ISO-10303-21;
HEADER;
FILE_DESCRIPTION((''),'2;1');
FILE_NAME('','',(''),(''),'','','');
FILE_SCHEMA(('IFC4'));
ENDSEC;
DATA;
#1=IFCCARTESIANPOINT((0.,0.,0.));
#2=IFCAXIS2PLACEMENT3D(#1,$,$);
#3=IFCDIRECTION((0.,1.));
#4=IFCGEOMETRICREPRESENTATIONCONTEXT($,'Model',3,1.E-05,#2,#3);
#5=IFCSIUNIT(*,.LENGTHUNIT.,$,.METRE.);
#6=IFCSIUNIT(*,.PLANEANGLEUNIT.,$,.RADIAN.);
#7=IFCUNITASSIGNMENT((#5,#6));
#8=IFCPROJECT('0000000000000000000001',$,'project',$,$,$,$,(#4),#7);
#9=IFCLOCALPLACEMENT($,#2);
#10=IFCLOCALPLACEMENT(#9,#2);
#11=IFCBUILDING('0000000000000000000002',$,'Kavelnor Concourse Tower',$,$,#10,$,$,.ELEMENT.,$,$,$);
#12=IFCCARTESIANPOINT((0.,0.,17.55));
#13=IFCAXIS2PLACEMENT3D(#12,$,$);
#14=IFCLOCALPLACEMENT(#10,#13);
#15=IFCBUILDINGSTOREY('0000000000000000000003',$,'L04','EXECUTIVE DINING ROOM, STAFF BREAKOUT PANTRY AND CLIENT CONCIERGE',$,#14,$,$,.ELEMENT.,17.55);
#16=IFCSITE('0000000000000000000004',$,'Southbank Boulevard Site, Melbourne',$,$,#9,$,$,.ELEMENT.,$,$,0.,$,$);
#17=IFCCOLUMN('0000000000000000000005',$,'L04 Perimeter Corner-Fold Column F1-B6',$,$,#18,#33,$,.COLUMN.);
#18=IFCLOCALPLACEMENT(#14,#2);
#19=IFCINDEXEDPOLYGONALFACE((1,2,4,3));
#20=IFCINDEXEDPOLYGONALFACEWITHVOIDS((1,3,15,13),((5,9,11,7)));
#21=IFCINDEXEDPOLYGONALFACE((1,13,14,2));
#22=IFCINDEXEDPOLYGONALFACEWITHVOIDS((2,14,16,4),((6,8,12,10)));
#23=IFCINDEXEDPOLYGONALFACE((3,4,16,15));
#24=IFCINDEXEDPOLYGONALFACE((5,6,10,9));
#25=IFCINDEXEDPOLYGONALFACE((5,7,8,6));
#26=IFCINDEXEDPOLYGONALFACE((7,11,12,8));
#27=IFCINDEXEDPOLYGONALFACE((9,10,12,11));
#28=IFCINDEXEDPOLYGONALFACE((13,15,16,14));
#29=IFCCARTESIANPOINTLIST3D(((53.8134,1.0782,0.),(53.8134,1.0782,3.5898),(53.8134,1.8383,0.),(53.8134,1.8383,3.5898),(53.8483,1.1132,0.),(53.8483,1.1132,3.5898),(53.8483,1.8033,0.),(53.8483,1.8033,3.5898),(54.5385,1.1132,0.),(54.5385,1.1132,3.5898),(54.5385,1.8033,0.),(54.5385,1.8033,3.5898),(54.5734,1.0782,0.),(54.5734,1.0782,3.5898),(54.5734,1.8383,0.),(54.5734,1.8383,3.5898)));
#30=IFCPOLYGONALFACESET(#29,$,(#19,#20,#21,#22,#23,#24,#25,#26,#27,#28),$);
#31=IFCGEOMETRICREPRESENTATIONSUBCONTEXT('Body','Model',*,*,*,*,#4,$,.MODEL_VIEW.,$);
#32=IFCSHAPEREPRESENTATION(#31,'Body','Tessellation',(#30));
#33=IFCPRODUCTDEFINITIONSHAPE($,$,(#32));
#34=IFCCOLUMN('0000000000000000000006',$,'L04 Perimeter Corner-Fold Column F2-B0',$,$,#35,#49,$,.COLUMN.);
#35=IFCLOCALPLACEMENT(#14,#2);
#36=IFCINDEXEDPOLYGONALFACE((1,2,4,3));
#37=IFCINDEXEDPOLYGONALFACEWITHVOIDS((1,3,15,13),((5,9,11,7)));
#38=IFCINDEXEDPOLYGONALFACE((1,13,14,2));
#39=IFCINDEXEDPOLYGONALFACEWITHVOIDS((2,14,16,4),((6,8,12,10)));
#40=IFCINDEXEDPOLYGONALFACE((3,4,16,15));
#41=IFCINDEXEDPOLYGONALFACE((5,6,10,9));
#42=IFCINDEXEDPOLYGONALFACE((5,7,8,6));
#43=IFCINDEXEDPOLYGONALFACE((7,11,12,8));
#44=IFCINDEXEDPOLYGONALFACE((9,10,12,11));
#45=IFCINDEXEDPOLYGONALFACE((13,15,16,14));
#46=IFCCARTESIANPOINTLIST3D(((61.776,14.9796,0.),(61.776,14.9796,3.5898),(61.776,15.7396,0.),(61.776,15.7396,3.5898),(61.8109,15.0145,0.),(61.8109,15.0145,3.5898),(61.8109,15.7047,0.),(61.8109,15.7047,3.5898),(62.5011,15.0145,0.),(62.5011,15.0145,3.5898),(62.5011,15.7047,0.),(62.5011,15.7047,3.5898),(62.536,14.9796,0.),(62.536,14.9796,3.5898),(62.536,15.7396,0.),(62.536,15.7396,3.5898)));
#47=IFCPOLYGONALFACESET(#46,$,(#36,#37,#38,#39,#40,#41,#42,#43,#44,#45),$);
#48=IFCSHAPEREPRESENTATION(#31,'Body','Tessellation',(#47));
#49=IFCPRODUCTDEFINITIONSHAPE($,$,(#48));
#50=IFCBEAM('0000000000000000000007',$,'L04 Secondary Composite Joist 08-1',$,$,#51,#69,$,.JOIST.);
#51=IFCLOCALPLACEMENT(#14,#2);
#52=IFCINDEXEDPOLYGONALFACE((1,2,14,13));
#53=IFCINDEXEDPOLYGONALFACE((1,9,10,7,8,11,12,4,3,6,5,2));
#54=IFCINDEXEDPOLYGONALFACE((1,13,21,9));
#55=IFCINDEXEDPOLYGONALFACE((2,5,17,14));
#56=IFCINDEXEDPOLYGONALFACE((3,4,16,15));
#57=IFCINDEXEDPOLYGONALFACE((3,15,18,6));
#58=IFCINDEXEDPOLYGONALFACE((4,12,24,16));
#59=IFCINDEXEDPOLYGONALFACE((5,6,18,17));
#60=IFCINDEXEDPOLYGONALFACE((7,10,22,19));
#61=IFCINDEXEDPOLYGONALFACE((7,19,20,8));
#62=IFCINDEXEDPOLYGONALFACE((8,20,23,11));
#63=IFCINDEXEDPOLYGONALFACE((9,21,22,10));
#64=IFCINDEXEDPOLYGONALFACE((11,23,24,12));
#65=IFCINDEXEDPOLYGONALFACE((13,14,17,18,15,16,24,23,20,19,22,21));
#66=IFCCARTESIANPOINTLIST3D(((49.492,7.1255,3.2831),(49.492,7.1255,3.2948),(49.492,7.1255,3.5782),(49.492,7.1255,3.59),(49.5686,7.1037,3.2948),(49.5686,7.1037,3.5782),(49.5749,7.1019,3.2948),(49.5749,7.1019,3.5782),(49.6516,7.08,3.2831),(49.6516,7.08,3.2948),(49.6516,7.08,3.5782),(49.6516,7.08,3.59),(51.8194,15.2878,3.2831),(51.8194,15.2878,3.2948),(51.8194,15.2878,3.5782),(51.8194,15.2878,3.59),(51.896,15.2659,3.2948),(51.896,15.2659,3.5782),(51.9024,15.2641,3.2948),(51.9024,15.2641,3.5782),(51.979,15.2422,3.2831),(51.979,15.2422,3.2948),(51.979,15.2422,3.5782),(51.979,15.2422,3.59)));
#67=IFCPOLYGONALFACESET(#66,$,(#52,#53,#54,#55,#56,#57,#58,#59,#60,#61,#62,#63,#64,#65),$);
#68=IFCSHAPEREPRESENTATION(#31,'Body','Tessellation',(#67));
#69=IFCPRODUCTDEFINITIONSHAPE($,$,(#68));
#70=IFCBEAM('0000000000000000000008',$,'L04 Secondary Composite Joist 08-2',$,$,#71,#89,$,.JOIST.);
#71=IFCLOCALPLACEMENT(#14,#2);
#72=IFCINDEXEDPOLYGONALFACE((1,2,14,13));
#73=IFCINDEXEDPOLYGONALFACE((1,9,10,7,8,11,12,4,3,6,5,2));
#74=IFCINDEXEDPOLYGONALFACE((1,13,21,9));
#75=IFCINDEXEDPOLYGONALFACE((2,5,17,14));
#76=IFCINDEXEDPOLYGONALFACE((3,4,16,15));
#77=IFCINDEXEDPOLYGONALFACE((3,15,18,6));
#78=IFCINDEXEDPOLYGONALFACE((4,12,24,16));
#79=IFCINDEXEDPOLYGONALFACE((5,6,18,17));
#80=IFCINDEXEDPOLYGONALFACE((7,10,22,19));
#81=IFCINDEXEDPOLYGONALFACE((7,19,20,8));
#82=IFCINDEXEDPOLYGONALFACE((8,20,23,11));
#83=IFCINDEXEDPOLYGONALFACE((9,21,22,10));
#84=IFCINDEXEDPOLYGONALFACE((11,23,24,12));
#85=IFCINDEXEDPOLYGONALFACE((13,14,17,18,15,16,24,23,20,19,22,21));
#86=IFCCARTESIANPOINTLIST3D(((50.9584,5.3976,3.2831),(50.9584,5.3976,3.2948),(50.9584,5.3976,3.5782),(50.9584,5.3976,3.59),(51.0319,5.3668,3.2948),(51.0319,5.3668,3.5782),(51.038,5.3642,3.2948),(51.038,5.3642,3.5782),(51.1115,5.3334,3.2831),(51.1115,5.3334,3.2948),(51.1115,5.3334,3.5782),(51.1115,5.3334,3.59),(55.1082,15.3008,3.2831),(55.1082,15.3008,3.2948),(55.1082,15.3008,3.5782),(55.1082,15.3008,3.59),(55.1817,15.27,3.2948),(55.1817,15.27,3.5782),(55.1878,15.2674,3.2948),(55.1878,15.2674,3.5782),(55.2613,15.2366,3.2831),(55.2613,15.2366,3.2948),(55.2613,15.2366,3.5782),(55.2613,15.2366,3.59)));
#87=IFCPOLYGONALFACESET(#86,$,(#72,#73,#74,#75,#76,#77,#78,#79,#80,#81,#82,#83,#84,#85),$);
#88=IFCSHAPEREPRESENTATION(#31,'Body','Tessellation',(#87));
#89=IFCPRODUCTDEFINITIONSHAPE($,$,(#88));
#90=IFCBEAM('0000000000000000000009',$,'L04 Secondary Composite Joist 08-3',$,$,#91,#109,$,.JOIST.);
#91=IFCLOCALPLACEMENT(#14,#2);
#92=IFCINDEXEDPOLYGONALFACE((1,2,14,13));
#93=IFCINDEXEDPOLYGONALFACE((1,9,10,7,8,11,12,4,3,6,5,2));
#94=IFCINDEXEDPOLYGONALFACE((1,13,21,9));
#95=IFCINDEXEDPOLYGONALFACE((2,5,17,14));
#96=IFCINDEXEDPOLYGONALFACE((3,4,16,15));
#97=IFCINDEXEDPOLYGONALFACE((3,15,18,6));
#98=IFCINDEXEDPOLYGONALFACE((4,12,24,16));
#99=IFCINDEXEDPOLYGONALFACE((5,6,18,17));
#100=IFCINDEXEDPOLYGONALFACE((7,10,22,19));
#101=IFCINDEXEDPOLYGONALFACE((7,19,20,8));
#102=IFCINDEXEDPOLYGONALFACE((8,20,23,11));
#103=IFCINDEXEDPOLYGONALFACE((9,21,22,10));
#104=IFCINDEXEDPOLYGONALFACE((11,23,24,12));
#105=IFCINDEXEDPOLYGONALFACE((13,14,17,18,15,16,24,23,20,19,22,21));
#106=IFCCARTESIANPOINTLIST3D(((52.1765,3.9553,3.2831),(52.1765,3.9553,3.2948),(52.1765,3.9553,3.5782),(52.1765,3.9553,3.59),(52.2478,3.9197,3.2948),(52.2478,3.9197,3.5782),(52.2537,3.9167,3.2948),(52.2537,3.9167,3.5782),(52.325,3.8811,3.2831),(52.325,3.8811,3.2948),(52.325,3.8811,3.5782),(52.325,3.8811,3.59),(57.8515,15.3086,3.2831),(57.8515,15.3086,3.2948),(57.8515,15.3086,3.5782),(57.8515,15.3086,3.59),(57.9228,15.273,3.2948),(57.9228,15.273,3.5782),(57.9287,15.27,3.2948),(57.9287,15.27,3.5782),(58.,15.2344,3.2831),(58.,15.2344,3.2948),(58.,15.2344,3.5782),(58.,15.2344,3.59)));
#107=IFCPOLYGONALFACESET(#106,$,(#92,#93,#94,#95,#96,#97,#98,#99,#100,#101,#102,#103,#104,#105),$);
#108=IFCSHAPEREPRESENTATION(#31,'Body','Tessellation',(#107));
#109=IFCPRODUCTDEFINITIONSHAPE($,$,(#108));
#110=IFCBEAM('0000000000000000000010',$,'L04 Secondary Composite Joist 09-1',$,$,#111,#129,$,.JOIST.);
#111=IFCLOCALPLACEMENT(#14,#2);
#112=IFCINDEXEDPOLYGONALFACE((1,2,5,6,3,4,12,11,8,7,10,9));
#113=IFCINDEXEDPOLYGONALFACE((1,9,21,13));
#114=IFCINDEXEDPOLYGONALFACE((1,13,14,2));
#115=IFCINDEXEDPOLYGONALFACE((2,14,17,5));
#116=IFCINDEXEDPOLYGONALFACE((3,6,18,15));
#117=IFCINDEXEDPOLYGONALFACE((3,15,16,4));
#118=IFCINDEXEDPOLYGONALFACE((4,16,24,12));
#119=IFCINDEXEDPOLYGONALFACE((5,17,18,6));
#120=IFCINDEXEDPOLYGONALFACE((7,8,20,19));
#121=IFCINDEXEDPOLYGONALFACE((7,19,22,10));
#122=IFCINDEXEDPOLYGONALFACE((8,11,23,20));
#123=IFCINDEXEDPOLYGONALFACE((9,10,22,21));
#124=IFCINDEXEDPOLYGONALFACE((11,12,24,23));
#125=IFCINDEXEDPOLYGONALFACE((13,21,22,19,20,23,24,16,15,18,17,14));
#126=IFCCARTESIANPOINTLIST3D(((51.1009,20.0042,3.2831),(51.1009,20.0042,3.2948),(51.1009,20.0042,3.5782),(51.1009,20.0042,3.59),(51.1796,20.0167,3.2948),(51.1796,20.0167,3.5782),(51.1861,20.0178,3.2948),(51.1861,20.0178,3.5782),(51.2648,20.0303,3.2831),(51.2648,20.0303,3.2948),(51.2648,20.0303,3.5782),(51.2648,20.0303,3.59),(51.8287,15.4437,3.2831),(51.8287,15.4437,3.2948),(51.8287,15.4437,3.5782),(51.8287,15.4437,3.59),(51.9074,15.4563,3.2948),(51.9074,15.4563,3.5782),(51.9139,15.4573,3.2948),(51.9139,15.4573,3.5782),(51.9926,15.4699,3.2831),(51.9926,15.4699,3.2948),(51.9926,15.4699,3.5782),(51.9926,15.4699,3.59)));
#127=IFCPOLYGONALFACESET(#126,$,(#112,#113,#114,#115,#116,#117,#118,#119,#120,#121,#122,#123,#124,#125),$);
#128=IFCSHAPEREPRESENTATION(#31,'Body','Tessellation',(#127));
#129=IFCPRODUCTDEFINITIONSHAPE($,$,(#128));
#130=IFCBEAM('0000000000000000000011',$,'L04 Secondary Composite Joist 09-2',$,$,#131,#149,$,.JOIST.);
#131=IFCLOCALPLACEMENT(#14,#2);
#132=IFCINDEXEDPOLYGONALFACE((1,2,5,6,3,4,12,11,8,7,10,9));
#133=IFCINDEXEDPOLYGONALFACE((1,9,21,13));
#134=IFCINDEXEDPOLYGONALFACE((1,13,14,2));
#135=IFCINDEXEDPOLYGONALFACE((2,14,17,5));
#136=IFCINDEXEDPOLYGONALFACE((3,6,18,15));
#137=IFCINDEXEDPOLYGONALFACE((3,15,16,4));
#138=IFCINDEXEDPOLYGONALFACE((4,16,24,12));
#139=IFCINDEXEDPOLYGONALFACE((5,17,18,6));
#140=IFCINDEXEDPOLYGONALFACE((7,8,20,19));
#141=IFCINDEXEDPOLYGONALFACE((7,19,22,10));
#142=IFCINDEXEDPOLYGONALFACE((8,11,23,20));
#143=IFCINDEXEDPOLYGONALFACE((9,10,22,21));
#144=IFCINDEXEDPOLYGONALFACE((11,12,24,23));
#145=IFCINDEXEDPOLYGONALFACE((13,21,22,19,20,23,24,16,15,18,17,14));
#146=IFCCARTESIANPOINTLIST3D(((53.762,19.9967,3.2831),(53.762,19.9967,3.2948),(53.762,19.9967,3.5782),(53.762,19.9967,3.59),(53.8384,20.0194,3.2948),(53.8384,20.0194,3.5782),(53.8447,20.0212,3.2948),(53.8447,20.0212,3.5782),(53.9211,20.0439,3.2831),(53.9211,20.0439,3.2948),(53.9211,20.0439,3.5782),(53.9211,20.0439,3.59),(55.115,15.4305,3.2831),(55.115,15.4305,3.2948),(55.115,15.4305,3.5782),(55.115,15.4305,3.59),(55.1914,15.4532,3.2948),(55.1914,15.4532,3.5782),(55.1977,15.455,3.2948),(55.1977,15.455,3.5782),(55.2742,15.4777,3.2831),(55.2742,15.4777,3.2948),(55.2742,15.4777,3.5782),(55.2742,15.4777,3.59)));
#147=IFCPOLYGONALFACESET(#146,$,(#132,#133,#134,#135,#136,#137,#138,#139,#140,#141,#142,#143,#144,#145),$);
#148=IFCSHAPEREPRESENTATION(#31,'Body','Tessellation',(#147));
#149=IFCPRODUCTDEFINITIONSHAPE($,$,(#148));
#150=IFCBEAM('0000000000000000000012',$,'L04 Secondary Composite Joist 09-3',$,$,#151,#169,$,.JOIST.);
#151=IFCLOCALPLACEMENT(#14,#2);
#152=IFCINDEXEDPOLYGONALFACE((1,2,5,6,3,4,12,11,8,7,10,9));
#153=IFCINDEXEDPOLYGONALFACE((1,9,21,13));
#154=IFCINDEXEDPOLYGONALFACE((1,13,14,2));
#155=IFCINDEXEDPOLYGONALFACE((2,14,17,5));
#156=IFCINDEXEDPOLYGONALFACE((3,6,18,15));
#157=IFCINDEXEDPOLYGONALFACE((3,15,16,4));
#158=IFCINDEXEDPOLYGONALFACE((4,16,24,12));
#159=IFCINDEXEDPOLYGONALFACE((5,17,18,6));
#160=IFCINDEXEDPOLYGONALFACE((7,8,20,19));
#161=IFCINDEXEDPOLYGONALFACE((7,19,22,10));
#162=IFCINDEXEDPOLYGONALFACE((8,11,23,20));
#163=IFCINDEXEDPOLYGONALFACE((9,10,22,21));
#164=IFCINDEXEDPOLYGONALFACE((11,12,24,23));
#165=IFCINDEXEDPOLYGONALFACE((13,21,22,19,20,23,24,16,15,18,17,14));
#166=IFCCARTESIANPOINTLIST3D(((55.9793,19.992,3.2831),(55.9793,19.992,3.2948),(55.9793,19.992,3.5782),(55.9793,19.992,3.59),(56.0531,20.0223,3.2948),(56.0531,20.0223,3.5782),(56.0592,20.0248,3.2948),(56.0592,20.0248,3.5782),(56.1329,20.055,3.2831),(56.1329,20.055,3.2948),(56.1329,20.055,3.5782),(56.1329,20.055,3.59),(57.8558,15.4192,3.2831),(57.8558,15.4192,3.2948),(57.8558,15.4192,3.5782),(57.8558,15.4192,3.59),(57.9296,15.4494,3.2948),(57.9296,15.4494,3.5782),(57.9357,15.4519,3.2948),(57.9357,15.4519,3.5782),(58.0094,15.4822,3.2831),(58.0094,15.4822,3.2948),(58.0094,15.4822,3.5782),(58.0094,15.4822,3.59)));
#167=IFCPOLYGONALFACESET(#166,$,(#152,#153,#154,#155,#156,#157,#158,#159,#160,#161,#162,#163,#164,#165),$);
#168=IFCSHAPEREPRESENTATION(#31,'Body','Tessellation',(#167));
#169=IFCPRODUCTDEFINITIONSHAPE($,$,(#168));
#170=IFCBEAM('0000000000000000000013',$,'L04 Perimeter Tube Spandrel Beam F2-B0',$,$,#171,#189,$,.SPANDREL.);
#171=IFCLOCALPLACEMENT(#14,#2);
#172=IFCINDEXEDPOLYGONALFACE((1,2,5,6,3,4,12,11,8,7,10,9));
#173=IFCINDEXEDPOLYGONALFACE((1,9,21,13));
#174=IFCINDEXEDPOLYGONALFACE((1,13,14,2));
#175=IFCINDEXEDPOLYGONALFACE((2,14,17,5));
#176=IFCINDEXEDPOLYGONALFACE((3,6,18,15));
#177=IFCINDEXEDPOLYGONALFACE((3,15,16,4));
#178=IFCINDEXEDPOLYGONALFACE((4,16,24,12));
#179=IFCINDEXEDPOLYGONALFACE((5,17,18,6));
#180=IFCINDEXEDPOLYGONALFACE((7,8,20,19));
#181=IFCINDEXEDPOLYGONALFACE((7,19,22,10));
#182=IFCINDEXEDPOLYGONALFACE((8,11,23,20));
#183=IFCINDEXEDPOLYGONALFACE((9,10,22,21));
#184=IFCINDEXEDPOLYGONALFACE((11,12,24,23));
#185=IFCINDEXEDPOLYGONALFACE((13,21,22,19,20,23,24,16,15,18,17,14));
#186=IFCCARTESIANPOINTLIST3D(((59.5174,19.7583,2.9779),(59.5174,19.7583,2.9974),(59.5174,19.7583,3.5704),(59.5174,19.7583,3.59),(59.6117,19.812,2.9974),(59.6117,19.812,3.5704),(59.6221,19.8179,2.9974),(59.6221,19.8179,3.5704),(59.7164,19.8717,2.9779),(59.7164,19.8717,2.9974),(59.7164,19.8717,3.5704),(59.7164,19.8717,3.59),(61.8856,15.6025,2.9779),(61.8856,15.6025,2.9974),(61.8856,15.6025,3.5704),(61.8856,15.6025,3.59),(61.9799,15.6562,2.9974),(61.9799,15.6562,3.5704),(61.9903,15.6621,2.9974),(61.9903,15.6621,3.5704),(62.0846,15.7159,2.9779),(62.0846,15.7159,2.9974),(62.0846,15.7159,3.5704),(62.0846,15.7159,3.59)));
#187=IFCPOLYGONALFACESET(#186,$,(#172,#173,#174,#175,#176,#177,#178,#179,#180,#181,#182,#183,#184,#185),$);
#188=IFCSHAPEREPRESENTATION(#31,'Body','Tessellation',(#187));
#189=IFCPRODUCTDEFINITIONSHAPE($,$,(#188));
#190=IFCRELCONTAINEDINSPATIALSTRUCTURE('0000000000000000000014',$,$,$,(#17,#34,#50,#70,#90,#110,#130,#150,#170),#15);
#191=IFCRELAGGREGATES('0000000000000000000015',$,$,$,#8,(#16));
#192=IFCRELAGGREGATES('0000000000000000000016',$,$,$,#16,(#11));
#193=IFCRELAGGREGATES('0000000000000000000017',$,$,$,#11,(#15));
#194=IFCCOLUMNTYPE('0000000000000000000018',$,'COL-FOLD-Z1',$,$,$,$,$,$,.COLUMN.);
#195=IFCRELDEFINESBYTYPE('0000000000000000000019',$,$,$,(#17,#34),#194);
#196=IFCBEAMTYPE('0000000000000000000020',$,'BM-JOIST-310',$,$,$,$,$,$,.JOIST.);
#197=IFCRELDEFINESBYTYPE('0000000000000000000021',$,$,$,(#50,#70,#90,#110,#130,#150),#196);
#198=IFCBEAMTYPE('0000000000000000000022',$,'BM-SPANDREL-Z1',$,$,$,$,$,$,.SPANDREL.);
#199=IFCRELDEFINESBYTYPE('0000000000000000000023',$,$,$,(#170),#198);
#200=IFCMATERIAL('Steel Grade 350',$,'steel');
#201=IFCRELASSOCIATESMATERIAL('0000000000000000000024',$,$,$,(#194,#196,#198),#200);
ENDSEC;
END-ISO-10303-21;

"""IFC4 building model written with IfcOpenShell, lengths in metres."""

from ifc_helpers import new_model, si_unit, direction, frame, origin, origin_2d, place, context, subcontext, project, spatial, hollow_rectangle, i_section, extrude, material, material_profile, profile_set, type_object, element, save


model = new_model("IFC4")

# Units and contexts
model_context = context("Model", 3, precision=1e-05, world=origin(), true_north=direction((0.0, 1.0)))
body_context = subcontext(model_context, "Body", "Model", "MODEL_VIEW")
ifc_project = project(units=[si_unit("LENGTHUNIT", "METRE"), si_unit("PLANEANGLEUNIT", "RADIAN")], contexts=[model_context])

# Site, building, storey
site_placement = place(None, origin())
site = spatial("IfcSite", under=ifc_project, at=site_placement, Name="Southbank Boulevard Site, Melbourne", CompositionType="ELEMENT", RefElevation=0.0)
building_placement = place(site_placement, origin())
building = spatial("IfcBuilding", under=site, at=building_placement, Name="Kavelnor Concourse Tower", CompositionType="ELEMENT")
storey_placement = place(building_placement, frame((0.0, 0.0, 17.55)))
storey = spatial("IfcBuildingStorey", under=building, at=storey_placement, Name="L04", Description="EXECUTIVE DINING ROOM, STAFF BREAKOUT PANTRY AND CLIENT CONCIERGE", CompositionType="ELEMENT", Elevation=17.55)

# Columns
ifc_material_1 = material(Name="Steel Grade 350", Category="steel")
ifc_material_profile_1 = material_profile(ifc_material_1, hollow_rectangle(XDim=0.76, YDim=0.76, WallThickness=0.0349, at=origin_2d()), Name="SHS 760x760x35")
ifc_profile_set_1 = profile_set([ifc_material_profile_1], Name="Steel Grade 350")
column_type = type_object("IfcColumnType", Name="COL-FOLD-Z1", PredefinedType="COLUMN", material=ifc_profile_set_1)
for number, where, z_axis, x_axis, name in (
    (1, (54.1934, 1.4583, 0.0), (0.0, 0.0, 1.0), (1.0, 0.0, 0.0), "L04 Perimeter Corner-Fold Column F1-B6"),
    (2, (62.156, 15.3596, 0.0), (0.0, 0.0, 1.0), (1.0, 0.0, 0.0), "L04 Perimeter Corner-Fold Column F2-B0"),
):
    element("IfcColumn", number, at=place(storey_placement, frame(where, z_axis=z_axis, x_axis=x_axis)), inside=storey, type_object=column_type, Name=name, PredefinedType="COLUMN", context=body_context, shape_type="SweptSolid", body=[
        extrude(hollow_rectangle(XDim=0.76, YDim=0.76, WallThickness=0.0349, at=origin_2d()), origin(), (0.0, 0.0, 1.0), 3.5898),
    ])

# Beams
ifc_material_profile_2 = material_profile(ifc_material_1, i_section(OverallWidth=0.166, OverallDepth=0.3069, WebThickness=0.0066, FlangeThickness=0.0117, at=origin_2d()), Name="310UB46")
ifc_profile_set_2 = profile_set([ifc_material_profile_2], Name="Steel Grade 350")
beam_type_1 = type_object("IfcBeamType", Name="BM-JOIST-310", PredefinedType="JOIST", material=ifc_profile_set_2)
beam_1_placement = place(storey_placement, frame((49.5718, 7.1028, 3.4365), z_axis=(0.274216, 0.961668, 0.0), x_axis=(-0.961668, 0.274216, 0.0)))
element("IfcBeam", 3, at=beam_1_placement, inside=storey, type_object=beam_type_1, Name="L04 Secondary Composite Joist 08-1", PredefinedType="JOIST", context=body_context, shape_type="SweptSolid", body=[
    extrude(i_section(OverallWidth=0.166, OverallDepth=0.3069, WebThickness=0.0066, FlangeThickness=0.0117, at=origin_2d()), origin(), (0.0, 0.0, 1.0), 8.4875),
])
beam_2_placement = place(storey_placement, frame((51.0349, 5.3655, 3.4365), z_axis=(0.386481, 0.922297, 0.0), x_axis=(-0.922297, 0.386481, 0.0)))
element("IfcBeam", 4, at=beam_2_placement, inside=storey, type_object=beam_type_1, Name="L04 Secondary Composite Joist 08-2", PredefinedType="JOIST", context=body_context, shape_type="SweptSolid", body=[
    extrude(i_section(OverallWidth=0.166, OverallDepth=0.3069, WebThickness=0.0066, FlangeThickness=0.0117, at=origin_2d()), origin(), (0.0, 0.0, 1.0), 10.7375),
])
beam_3_placement = place(storey_placement, frame((52.2507, 3.9182, 3.4365), z_axis=(0.447114, 0.894477, 0.0), x_axis=(-0.894477, 0.447114, 0.0)))
element("IfcBeam", 5, at=beam_3_placement, inside=storey, type_object=beam_type_1, Name="L04 Secondary Composite Joist 08-3", PredefinedType="JOIST", context=body_context, shape_type="SweptSolid", body=[
    extrude(i_section(OverallWidth=0.166, OverallDepth=0.3069, WebThickness=0.0066, FlangeThickness=0.0117, at=origin_2d()), origin(), (0.0, 0.0, 1.0), 12.6926),
])
beam_4_placement = place(storey_placement, frame((51.9106, 15.4568, 3.4365), z_axis=(-0.157588, 0.987505, 0.0), x_axis=(-0.987505, -0.157588, 0.0)))
element("IfcBeam", 6, at=beam_4_placement, inside=storey, type_object=beam_type_1, Name="L04 Secondary Composite Joist 09-1", PredefinedType="JOIST", context=body_context, shape_type="SweptSolid", body=[
    extrude(i_section(OverallWidth=0.166, OverallDepth=0.3069, WebThickness=0.0066, FlangeThickness=0.0117, at=origin_2d()), origin(), (0.0, 0.0, 1.0), 4.6182),
])
beam_5_placement = place(storey_placement, frame((55.1946, 15.4541, 3.4365), z_axis=(-0.284106, 0.958793, 0.0), x_axis=(-0.958793, -0.284106, 0.0)))
element("IfcBeam", 7, at=beam_5_placement, inside=storey, type_object=beam_type_1, Name="L04 Secondary Composite Joist 09-2", PredefinedType="JOIST", context=body_context, shape_type="SweptSolid", body=[
    extrude(i_section(OverallWidth=0.166, OverallDepth=0.3069, WebThickness=0.0066, FlangeThickness=0.0117, at=origin_2d()), origin(), (0.0, 0.0, 1.0), 4.7625),
])
beam_6_placement = place(storey_placement, frame((57.9326, 15.4507, 3.4365), z_axis=(-0.379637, 0.925136, 0.0), x_axis=(-0.925136, -0.379637, 0.0)))
element("IfcBeam", 8, at=beam_6_placement, inside=storey, type_object=beam_type_1, Name="L04 Secondary Composite Joist 09-3", PredefinedType="JOIST", context=body_context, shape_type="SweptSolid", body=[
    extrude(i_section(OverallWidth=0.166, OverallDepth=0.3069, WebThickness=0.0066, FlangeThickness=0.0117, at=origin_2d()), origin(), (0.0, 0.0, 1.0), 4.9429),
])
ifc_material_profile_3 = material_profile(ifc_material_1, i_section(OverallWidth=0.229, OverallDepth=0.6121, WebThickness=0.012, FlangeThickness=0.0195, at=origin_2d()), Name="610UB125")
ifc_profile_set_3 = profile_set([ifc_material_profile_3], Name="Steel Grade 350")
beam_type_2 = type_object("IfcBeamType", Name="BM-SPANDREL-Z1", PredefinedType="SPANDREL", material=ifc_profile_set_3)
beam_7_placement = place(storey_placement, frame((61.9851, 15.6592, 3.2839), z_axis=(-0.495105, 0.868833, 0.0), x_axis=(-0.868833, -0.495105, 0.0)))
element("IfcBeam", 9, at=beam_7_placement, inside=storey, type_object=beam_type_2, Name="L04 Perimeter Tube Spandrel Beam F2-B0", PredefinedType="SPANDREL", context=body_context, shape_type="SweptSolid", body=[
    extrude(i_section(OverallWidth=0.229, OverallDepth=0.6121, WebThickness=0.012, FlangeThickness=0.0195, at=origin_2d()), origin(), (0.0, 0.0, 1.0), 4.7832),
])

save(model, "model.ifc")
